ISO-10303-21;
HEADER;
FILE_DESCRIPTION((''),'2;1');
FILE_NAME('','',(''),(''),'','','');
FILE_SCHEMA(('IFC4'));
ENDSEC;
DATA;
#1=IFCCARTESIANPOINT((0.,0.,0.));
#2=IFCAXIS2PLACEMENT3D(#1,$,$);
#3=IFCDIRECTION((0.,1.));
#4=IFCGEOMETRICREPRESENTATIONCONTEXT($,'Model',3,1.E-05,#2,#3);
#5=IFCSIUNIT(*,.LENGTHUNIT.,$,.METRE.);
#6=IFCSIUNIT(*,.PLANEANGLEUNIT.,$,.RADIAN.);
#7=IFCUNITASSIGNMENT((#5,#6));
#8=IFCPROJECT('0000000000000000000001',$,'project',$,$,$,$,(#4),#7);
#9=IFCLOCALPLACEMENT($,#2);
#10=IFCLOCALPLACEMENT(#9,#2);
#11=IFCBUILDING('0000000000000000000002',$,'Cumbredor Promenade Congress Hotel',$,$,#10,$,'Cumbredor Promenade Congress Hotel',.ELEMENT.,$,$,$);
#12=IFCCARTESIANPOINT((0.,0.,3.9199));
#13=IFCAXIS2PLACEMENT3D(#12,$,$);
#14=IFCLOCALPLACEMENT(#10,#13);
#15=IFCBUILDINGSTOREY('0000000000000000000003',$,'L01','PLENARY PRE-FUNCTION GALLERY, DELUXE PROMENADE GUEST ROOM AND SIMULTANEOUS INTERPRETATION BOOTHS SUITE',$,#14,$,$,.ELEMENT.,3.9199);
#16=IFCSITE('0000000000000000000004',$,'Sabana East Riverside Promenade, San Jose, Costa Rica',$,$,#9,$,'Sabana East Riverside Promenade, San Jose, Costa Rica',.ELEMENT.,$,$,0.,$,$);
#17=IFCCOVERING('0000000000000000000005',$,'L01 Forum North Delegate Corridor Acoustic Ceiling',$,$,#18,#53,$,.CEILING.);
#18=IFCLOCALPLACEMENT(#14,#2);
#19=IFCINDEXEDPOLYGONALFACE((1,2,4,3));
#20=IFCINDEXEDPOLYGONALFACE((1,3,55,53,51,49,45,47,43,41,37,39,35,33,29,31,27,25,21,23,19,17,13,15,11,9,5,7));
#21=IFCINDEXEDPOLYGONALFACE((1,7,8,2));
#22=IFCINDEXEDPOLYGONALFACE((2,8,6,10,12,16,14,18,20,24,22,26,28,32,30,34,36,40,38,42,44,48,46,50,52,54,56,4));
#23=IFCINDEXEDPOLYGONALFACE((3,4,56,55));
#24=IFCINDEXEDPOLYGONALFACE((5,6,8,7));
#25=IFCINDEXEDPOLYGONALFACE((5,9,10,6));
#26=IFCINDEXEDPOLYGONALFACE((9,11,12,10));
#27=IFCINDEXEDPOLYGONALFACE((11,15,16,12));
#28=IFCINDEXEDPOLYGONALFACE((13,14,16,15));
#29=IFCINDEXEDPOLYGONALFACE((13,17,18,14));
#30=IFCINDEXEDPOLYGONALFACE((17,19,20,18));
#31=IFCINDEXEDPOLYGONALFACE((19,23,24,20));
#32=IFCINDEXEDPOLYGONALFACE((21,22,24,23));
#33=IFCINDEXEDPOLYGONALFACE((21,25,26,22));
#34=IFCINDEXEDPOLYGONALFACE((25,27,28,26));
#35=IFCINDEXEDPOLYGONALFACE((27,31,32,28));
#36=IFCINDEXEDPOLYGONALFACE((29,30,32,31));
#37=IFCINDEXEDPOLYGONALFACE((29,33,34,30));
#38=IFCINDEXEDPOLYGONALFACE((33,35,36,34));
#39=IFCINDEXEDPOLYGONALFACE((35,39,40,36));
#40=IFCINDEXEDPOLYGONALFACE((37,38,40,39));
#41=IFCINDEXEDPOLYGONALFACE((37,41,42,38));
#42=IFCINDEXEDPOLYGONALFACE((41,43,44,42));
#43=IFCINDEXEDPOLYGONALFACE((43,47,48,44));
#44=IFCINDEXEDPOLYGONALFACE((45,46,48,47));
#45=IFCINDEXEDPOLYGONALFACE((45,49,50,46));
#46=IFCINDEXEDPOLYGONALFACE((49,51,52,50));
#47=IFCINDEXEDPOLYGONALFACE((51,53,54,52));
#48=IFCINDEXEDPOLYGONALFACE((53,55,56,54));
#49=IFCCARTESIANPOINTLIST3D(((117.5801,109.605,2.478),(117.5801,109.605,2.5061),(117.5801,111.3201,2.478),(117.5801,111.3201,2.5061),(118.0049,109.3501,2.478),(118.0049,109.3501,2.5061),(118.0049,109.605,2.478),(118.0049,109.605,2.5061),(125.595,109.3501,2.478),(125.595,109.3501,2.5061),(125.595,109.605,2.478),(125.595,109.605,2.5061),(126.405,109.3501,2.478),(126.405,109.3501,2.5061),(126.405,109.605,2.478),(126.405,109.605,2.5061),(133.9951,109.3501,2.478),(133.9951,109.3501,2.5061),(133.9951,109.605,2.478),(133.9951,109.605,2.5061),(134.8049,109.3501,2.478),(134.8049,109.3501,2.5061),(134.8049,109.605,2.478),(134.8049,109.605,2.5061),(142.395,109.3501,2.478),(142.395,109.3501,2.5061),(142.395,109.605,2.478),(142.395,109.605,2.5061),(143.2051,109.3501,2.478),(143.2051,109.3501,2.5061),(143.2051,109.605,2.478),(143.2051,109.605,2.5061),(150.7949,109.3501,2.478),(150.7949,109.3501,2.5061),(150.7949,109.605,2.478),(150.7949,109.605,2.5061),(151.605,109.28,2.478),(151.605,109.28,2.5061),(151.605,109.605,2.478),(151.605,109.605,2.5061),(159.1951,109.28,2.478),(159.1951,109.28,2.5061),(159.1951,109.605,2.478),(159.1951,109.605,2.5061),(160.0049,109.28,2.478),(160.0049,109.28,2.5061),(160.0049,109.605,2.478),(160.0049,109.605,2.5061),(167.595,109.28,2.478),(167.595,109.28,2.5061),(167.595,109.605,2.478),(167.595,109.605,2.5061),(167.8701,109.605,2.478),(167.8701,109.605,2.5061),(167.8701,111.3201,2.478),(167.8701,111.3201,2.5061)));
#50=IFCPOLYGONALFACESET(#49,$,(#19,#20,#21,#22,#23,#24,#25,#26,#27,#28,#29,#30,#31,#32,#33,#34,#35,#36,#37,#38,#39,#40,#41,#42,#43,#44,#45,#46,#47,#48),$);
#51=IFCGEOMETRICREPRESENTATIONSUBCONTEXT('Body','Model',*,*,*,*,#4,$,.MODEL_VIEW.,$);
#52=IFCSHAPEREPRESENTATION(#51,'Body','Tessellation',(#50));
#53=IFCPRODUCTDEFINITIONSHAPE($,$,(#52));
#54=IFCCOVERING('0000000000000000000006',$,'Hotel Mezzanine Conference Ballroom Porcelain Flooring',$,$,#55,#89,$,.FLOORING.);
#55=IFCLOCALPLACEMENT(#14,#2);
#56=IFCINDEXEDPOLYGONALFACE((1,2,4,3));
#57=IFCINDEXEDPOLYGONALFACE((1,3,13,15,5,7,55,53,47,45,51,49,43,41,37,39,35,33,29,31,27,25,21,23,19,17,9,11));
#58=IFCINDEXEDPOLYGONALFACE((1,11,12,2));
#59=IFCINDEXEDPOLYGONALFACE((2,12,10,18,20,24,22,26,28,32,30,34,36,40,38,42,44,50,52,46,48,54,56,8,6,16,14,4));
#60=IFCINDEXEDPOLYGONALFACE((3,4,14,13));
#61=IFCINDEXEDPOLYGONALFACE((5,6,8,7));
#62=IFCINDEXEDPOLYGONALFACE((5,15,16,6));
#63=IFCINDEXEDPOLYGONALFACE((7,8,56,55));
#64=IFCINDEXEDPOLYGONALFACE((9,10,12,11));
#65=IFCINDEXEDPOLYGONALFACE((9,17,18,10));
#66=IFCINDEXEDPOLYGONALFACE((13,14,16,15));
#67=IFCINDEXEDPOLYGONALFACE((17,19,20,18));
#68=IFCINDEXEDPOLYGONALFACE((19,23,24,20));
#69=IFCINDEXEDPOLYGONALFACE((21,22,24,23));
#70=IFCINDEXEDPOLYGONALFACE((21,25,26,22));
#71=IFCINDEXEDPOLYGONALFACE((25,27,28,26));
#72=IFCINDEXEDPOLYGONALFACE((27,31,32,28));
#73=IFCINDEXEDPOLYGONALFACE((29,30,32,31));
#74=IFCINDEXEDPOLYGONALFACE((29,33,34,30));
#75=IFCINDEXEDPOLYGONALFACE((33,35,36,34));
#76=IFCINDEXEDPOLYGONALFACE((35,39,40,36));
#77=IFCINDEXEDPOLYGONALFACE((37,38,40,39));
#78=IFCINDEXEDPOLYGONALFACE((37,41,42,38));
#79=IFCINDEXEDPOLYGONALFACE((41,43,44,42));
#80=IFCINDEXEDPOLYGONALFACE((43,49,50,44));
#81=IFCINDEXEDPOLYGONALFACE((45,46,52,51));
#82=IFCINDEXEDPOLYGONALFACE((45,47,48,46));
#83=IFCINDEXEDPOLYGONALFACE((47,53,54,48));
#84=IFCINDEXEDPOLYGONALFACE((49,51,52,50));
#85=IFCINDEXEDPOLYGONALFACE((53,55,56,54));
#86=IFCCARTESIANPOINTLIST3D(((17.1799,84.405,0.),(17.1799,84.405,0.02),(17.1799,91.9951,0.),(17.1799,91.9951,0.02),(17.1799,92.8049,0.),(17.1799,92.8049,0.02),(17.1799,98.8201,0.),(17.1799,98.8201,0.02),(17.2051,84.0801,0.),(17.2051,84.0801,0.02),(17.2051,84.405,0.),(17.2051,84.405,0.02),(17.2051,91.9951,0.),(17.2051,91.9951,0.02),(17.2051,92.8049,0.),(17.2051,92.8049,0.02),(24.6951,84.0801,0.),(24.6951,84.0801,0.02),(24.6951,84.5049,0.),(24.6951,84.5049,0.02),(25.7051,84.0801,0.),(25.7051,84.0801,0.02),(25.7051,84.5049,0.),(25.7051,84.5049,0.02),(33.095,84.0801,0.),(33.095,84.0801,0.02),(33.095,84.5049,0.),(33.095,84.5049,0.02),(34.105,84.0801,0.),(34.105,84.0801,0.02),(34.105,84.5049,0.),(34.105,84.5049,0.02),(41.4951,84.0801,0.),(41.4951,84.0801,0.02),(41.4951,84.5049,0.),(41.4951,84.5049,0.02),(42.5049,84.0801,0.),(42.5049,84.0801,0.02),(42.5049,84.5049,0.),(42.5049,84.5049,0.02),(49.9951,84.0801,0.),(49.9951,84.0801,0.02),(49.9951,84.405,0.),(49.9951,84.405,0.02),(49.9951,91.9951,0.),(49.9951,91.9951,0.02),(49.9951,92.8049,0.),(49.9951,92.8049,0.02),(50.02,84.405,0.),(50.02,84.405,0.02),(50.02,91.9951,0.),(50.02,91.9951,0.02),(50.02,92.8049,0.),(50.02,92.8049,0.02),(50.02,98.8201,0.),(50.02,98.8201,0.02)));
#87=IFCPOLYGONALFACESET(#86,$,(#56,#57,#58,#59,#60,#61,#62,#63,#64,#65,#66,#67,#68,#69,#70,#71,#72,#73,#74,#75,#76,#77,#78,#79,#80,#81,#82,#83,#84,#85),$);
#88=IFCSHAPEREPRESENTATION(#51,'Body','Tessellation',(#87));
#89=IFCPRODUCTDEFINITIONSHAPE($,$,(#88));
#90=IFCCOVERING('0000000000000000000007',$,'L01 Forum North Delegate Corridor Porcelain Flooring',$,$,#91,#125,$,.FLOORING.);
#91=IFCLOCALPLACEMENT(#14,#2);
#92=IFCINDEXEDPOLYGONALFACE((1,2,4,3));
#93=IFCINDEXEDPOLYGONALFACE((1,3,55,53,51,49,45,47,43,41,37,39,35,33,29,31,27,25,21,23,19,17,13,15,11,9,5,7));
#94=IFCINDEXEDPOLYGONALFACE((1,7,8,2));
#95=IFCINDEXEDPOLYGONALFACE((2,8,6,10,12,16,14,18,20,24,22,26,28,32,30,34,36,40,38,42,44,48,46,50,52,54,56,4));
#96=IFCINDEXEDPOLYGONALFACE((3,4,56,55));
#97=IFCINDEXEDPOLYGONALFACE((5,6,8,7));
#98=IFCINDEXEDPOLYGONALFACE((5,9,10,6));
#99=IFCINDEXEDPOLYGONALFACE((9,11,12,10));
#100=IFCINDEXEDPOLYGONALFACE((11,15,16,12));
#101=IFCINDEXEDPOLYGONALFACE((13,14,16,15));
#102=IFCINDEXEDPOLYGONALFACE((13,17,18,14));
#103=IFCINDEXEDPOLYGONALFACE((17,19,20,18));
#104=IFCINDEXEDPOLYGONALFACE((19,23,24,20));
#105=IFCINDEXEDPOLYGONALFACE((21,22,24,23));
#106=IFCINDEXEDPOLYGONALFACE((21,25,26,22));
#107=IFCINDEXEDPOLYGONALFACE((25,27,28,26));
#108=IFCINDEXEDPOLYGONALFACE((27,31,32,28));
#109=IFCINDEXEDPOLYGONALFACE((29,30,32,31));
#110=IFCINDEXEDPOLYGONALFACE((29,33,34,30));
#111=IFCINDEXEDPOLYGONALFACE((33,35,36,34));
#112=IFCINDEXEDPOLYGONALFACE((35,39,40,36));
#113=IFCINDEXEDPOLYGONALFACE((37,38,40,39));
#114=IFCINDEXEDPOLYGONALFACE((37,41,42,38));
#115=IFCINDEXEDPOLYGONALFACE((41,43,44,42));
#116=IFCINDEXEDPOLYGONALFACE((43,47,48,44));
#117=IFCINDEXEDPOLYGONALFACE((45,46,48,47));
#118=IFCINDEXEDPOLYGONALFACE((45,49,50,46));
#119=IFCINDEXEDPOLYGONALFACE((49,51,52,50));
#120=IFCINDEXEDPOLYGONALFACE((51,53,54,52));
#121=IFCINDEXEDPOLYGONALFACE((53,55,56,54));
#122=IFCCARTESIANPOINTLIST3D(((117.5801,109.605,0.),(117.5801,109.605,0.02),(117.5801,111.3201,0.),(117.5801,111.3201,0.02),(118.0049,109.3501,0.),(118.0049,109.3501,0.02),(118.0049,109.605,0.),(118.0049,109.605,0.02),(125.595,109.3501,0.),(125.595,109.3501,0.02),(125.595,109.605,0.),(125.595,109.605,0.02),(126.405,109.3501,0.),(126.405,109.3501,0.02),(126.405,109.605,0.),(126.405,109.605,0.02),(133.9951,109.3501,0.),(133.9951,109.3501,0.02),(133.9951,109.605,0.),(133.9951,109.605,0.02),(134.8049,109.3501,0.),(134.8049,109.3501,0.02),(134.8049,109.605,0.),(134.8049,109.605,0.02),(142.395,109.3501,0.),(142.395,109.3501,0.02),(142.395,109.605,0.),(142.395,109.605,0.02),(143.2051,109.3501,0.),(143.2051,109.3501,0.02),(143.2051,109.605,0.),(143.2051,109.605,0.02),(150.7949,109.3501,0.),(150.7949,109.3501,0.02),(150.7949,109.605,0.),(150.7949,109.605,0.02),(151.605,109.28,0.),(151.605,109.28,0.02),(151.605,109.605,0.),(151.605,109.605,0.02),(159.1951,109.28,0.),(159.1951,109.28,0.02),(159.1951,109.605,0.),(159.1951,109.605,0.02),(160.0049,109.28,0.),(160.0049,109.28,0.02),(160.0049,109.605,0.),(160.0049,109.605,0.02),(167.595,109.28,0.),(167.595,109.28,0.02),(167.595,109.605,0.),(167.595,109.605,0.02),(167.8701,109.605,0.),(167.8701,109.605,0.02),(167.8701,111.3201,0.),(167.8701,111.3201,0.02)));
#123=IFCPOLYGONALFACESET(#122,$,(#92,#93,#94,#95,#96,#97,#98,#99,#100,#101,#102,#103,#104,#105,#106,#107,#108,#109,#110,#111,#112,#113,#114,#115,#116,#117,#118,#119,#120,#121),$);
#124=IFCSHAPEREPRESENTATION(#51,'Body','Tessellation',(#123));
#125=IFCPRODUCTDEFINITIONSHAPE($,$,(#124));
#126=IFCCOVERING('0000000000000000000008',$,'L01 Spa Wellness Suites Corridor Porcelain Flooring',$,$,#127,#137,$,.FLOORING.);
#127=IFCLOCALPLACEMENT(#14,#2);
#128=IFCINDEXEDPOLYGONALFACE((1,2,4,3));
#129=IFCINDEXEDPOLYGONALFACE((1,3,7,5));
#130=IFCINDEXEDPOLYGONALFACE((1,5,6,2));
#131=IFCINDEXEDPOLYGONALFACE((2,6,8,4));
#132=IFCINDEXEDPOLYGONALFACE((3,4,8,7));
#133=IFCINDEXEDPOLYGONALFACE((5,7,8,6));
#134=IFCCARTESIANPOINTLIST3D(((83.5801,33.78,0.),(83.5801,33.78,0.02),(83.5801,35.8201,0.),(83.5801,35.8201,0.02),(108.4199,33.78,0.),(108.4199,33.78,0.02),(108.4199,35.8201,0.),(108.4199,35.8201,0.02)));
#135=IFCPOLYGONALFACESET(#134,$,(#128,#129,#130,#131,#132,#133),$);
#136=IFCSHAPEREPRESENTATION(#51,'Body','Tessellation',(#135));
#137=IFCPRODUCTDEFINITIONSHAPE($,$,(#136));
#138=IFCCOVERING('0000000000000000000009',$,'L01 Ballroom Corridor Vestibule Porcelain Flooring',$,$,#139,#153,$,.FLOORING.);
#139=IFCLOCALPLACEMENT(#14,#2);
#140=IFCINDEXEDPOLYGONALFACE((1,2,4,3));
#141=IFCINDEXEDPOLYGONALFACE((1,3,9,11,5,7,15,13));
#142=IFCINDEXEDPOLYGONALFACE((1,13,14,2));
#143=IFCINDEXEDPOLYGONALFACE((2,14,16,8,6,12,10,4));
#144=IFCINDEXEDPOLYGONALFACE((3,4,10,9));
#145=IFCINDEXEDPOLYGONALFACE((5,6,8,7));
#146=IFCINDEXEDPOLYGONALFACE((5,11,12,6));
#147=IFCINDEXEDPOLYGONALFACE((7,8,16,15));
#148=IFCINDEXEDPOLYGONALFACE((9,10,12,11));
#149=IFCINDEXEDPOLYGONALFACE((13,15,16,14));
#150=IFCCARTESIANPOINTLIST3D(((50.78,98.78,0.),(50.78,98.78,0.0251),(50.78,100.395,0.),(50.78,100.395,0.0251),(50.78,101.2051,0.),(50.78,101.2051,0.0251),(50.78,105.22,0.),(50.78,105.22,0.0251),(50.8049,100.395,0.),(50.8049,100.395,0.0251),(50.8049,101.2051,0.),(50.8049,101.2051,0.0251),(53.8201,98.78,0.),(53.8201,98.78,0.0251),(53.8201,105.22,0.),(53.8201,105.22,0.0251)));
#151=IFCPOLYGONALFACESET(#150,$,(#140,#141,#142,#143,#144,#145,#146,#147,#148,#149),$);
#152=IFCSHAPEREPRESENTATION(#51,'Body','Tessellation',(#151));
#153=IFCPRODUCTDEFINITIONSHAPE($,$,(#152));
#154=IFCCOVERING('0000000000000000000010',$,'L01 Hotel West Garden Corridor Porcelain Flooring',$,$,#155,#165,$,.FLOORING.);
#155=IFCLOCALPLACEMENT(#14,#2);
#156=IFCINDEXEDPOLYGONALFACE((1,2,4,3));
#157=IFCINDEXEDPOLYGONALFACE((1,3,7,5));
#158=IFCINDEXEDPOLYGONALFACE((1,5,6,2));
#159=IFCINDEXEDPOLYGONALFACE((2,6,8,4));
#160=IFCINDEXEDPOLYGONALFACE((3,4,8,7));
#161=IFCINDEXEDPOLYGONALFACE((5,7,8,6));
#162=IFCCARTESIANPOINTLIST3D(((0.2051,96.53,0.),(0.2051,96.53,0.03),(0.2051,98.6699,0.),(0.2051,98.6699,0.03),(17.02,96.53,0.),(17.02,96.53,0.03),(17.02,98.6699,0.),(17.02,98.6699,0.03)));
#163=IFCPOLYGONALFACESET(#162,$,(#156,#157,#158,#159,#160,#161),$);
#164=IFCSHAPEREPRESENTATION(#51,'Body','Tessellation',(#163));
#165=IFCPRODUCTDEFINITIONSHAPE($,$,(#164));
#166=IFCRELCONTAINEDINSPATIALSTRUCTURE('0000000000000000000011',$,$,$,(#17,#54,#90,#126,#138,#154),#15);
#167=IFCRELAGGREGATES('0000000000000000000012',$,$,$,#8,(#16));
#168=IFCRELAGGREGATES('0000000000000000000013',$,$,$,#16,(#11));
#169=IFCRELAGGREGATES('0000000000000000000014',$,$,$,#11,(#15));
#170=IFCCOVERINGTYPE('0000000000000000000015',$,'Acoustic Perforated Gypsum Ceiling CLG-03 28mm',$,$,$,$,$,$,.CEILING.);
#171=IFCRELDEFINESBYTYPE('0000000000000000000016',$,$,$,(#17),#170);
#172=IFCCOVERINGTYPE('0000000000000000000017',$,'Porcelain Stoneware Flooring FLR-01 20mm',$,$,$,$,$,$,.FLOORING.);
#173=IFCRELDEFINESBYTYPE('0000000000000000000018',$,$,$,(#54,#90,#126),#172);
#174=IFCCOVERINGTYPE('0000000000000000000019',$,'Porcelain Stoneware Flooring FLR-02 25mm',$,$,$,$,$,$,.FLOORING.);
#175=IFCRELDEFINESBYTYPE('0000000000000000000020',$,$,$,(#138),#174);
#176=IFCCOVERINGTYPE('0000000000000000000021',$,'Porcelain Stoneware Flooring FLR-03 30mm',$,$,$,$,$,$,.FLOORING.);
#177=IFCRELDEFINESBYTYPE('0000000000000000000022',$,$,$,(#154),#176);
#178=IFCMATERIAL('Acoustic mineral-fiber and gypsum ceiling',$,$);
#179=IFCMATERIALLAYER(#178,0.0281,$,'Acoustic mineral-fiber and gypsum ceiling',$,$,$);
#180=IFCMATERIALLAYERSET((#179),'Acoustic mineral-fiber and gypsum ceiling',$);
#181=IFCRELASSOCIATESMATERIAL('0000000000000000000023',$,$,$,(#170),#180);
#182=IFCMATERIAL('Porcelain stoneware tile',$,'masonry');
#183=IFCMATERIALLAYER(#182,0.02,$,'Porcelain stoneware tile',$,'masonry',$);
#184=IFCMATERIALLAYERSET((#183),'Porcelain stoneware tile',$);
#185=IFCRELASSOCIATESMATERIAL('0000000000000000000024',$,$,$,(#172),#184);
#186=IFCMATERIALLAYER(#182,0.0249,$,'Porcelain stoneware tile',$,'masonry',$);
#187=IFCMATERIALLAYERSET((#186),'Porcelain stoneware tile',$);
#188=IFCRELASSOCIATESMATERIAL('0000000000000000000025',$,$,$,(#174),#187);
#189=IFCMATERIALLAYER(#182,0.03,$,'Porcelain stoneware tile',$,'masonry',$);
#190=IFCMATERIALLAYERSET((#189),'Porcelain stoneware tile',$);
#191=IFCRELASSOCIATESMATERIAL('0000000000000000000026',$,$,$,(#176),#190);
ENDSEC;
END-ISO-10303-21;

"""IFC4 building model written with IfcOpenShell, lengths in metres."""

from ifc_helpers import new_model, si_unit, direction, frame, origin, place, context, subcontext, project, spatial, polyline, outline, extrude, material, layer, layer_set, type_object, element, save


model = new_model("IFC4")

# Units and contexts
model_context = context("Model", 3, precision=1e-05, world=origin(), true_north=direction((0.0, 1.0)))
body_context = subcontext(model_context, "Body", "Model", "MODEL_VIEW")
ifc_project = project(units=[si_unit("LENGTHUNIT", "METRE"), si_unit("PLANEANGLEUNIT", "RADIAN")], contexts=[model_context])

# Site, building, storey
site_placement = place(None, origin())
site = spatial("IfcSite", under=ifc_project, at=site_placement, Name="Sabana East Riverside Promenade, San Jose, Costa Rica", LongName="Sabana East Riverside Promenade, San Jose, Costa Rica", CompositionType="ELEMENT", RefElevation=0.0)
building_placement = place(site_placement, origin())
building = spatial("IfcBuilding", under=site, at=building_placement, Name="Cumbredor Promenade Congress Hotel", LongName="Cumbredor Promenade Congress Hotel", CompositionType="ELEMENT")
storey_placement = place(building_placement, frame((0.0, 0.0, 3.9199)))
storey = spatial("IfcBuildingStorey", under=building, at=storey_placement, Name="L01", Description="PLENARY PRE-FUNCTION GALLERY, DELUXE PROMENADE GUEST ROOM AND SIMULTANEOUS INTERPRETATION BOOTHS SUITE", CompositionType="ELEMENT", Elevation=3.9199)

# Coverings
ifc_material_1 = material(Name="Acoustic mineral-fiber and gypsum ceiling")
ifc_layer_1 = layer(ifc_material_1, 0.0281, Name="Acoustic mineral-fiber and gypsum ceiling")
ifc_layer_set_1 = layer_set([ifc_layer_1], Name="Acoustic mineral-fiber and gypsum ceiling")
covering_type_1 = type_object("IfcCoveringType", Name="Acoustic Perforated Gypsum Ceiling CLG-03 28mm", PredefinedType="CEILING", material=ifc_layer_set_1)
covering_1_placement = place(storey_placement, frame((0.0, 0.0, 2.478)))
element("IfcCovering", 1, at=covering_1_placement, inside=storey, type_object=covering_type_1, Name="L01 Forum North Delegate Corridor Acoustic Ceiling", PredefinedType="CEILING", context=body_context, shape_type="SweptSolid", body=[
    extrude(outline(polyline([(142.395, 109.3501), (134.8049, 109.3501), (134.8049, 109.605), (133.9951, 109.605), (133.9951, 109.3501), (126.405, 109.3501), (126.405, 109.605), (125.595, 109.605), (125.595, 109.3501), (118.0049, 109.3501), (118.0049, 109.605), (117.5801, 109.605), (117.5801, 111.3201), (167.8701, 111.3201), (167.8701, 109.605), (167.595, 109.605), (167.595, 109.28), (160.0049, 109.28), (160.0049, 109.605), (159.1951, 109.605), (159.1951, 109.28), (151.605, 109.28), (151.605, 109.605), (150.7949, 109.605), (150.7949, 109.3501), (143.2051, 109.3501), (143.2051, 109.605), (142.395, 109.605), (142.395, 109.3501)])), origin(), (0.0, 0.0, 1.0), 0.0281),
])
ifc_material_2 = material(Name="Porcelain stoneware tile", Category="masonry")
ifc_layer_2 = layer(ifc_material_2, 0.02, Name="Porcelain stoneware tile", Category="masonry")
ifc_layer_set_2 = layer_set([ifc_layer_2], Name="Porcelain stoneware tile")
covering_type_2 = type_object("IfcCoveringType", Name="Porcelain Stoneware Flooring FLR-01 20mm", PredefinedType="FLOORING", material=ifc_layer_set_2)
covering_2_placement = place(storey_placement, origin())
element("IfcCovering", 2, at=covering_2_placement, inside=storey, type_object=covering_type_2, Name="Hotel Mezzanine Conference Ballroom Porcelain Flooring", PredefinedType="FLOORING", context=body_context, shape_type="SweptSolid", body=[
    extrude(outline(polyline([(33.095, 84.0801), (25.7051, 84.0801), (25.7051, 84.5049), (24.6951, 84.5049), (24.6951, 84.0801), (17.2051, 84.0801), (17.2051, 84.405), (17.1799, 84.405), (17.1799, 91.9951), (17.2051, 91.9951), (17.2051, 92.8049), (17.1799, 92.8049), (17.1799, 98.8201), (50.02, 98.8201), (50.02, 92.8049), (49.9951, 92.8049), (49.9951, 91.9951), (50.02, 91.9951), (50.02, 84.405), (49.9951, 84.405), (49.9951, 84.0801), (42.5049, 84.0801), (42.5049, 84.5049), (41.4951, 84.5049), (41.4951, 84.0801), (34.105, 84.0801), (34.105, 84.5049), (33.095, 84.5049), (33.095, 84.0801)])), origin(), (0.0, 0.0, 1.0), 0.02),
])
covering_3_placement = place(storey_placement, origin())
element("IfcCovering", 3, at=covering_3_placement, inside=storey, type_object=covering_type_2, Name="L01 Forum North Delegate Corridor Porcelain Flooring", PredefinedType="FLOORING", context=body_context, shape_type="SweptSolid", body=[
    extrude(outline(polyline([(142.395, 109.3501), (134.8049, 109.3501), (134.8049, 109.605), (133.9951, 109.605), (133.9951, 109.3501), (126.405, 109.3501), (126.405, 109.605), (125.595, 109.605), (125.595, 109.3501), (118.0049, 109.3501), (118.0049, 109.605), (117.5801, 109.605), (117.5801, 111.3201), (167.8701, 111.3201), (167.8701, 109.605), (167.595, 109.605), (167.595, 109.28), (160.0049, 109.28), (160.0049, 109.605), (159.1951, 109.605), (159.1951, 109.28), (151.605, 109.28), (151.605, 109.605), (150.7949, 109.605), (150.7949, 109.3501), (143.2051, 109.3501), (143.2051, 109.605), (142.395, 109.605), (142.395, 109.3501)])), origin(), (0.0, 0.0, 1.0), 0.02),
])
covering_4_placement = place(storey_placement, origin())
element("IfcCovering", 4, at=covering_4_placement, inside=storey, type_object=covering_type_2, Name="L01 Spa Wellness Suites Corridor Porcelain Flooring", PredefinedType="FLOORING", context=body_context, shape_type="SweptSolid", body=[
    extrude(outline(polyline([(83.5801, 33.78), (83.5801, 35.8201), (108.4199, 35.8201), (108.4199, 33.78), (83.5801, 33.78)])), origin(), (0.0, 0.0, 1.0), 0.02),
])
ifc_layer_3 = layer(ifc_material_2, 0.0249, Name="Porcelain stoneware tile", Category="masonry")
ifc_layer_set_3 = layer_set([ifc_layer_3], Name="Porcelain stoneware tile")
covering_type_3 = type_object("IfcCoveringType", Name="Porcelain Stoneware Flooring FLR-02 25mm", PredefinedType="FLOORING", material=ifc_layer_set_3)
covering_5_placement = place(storey_placement, origin())
element("IfcCovering", 5, at=covering_5_placement, inside=storey, type_object=covering_type_3, Name="L01 Ballroom Corridor Vestibule Porcelain Flooring", PredefinedType="FLOORING", context=body_context, shape_type="SweptSolid", body=[
    extrude(outline(polyline([(50.78, 100.395), (50.8049, 100.395), (50.8049, 101.2051), (50.78, 101.2051), (50.78, 105.22), (53.8201, 105.22), (53.8201, 98.78), (50.78, 98.78), (50.78, 100.395)])), origin(), (0.0, 0.0, 1.0), 0.0251),
])
ifc_layer_4 = layer(ifc_material_2, 0.03, Name="Porcelain stoneware tile", Category="masonry")
ifc_layer_set_4 = layer_set([ifc_layer_4], Name="Porcelain stoneware tile")
covering_type_4 = type_object("IfcCoveringType", Name="Porcelain Stoneware Flooring FLR-03 30mm", PredefinedType="FLOORING", material=ifc_layer_set_4)
covering_6_placement = place(storey_placement, origin())
element("IfcCovering", 6, at=covering_6_placement, inside=storey, type_object=covering_type_4, Name="L01 Hotel West Garden Corridor Porcelain Flooring", PredefinedType="FLOORING", context=body_context, shape_type="SweptSolid", body=[
    extrude(outline(polyline([(0.2051, 96.53), (0.2051, 98.6699), (17.02, 98.6699), (17.02, 96.53), (0.2051, 96.53)])), origin(), (0.0, 0.0, 1.0), 0.03),
])

save(model, "model.ifc")
